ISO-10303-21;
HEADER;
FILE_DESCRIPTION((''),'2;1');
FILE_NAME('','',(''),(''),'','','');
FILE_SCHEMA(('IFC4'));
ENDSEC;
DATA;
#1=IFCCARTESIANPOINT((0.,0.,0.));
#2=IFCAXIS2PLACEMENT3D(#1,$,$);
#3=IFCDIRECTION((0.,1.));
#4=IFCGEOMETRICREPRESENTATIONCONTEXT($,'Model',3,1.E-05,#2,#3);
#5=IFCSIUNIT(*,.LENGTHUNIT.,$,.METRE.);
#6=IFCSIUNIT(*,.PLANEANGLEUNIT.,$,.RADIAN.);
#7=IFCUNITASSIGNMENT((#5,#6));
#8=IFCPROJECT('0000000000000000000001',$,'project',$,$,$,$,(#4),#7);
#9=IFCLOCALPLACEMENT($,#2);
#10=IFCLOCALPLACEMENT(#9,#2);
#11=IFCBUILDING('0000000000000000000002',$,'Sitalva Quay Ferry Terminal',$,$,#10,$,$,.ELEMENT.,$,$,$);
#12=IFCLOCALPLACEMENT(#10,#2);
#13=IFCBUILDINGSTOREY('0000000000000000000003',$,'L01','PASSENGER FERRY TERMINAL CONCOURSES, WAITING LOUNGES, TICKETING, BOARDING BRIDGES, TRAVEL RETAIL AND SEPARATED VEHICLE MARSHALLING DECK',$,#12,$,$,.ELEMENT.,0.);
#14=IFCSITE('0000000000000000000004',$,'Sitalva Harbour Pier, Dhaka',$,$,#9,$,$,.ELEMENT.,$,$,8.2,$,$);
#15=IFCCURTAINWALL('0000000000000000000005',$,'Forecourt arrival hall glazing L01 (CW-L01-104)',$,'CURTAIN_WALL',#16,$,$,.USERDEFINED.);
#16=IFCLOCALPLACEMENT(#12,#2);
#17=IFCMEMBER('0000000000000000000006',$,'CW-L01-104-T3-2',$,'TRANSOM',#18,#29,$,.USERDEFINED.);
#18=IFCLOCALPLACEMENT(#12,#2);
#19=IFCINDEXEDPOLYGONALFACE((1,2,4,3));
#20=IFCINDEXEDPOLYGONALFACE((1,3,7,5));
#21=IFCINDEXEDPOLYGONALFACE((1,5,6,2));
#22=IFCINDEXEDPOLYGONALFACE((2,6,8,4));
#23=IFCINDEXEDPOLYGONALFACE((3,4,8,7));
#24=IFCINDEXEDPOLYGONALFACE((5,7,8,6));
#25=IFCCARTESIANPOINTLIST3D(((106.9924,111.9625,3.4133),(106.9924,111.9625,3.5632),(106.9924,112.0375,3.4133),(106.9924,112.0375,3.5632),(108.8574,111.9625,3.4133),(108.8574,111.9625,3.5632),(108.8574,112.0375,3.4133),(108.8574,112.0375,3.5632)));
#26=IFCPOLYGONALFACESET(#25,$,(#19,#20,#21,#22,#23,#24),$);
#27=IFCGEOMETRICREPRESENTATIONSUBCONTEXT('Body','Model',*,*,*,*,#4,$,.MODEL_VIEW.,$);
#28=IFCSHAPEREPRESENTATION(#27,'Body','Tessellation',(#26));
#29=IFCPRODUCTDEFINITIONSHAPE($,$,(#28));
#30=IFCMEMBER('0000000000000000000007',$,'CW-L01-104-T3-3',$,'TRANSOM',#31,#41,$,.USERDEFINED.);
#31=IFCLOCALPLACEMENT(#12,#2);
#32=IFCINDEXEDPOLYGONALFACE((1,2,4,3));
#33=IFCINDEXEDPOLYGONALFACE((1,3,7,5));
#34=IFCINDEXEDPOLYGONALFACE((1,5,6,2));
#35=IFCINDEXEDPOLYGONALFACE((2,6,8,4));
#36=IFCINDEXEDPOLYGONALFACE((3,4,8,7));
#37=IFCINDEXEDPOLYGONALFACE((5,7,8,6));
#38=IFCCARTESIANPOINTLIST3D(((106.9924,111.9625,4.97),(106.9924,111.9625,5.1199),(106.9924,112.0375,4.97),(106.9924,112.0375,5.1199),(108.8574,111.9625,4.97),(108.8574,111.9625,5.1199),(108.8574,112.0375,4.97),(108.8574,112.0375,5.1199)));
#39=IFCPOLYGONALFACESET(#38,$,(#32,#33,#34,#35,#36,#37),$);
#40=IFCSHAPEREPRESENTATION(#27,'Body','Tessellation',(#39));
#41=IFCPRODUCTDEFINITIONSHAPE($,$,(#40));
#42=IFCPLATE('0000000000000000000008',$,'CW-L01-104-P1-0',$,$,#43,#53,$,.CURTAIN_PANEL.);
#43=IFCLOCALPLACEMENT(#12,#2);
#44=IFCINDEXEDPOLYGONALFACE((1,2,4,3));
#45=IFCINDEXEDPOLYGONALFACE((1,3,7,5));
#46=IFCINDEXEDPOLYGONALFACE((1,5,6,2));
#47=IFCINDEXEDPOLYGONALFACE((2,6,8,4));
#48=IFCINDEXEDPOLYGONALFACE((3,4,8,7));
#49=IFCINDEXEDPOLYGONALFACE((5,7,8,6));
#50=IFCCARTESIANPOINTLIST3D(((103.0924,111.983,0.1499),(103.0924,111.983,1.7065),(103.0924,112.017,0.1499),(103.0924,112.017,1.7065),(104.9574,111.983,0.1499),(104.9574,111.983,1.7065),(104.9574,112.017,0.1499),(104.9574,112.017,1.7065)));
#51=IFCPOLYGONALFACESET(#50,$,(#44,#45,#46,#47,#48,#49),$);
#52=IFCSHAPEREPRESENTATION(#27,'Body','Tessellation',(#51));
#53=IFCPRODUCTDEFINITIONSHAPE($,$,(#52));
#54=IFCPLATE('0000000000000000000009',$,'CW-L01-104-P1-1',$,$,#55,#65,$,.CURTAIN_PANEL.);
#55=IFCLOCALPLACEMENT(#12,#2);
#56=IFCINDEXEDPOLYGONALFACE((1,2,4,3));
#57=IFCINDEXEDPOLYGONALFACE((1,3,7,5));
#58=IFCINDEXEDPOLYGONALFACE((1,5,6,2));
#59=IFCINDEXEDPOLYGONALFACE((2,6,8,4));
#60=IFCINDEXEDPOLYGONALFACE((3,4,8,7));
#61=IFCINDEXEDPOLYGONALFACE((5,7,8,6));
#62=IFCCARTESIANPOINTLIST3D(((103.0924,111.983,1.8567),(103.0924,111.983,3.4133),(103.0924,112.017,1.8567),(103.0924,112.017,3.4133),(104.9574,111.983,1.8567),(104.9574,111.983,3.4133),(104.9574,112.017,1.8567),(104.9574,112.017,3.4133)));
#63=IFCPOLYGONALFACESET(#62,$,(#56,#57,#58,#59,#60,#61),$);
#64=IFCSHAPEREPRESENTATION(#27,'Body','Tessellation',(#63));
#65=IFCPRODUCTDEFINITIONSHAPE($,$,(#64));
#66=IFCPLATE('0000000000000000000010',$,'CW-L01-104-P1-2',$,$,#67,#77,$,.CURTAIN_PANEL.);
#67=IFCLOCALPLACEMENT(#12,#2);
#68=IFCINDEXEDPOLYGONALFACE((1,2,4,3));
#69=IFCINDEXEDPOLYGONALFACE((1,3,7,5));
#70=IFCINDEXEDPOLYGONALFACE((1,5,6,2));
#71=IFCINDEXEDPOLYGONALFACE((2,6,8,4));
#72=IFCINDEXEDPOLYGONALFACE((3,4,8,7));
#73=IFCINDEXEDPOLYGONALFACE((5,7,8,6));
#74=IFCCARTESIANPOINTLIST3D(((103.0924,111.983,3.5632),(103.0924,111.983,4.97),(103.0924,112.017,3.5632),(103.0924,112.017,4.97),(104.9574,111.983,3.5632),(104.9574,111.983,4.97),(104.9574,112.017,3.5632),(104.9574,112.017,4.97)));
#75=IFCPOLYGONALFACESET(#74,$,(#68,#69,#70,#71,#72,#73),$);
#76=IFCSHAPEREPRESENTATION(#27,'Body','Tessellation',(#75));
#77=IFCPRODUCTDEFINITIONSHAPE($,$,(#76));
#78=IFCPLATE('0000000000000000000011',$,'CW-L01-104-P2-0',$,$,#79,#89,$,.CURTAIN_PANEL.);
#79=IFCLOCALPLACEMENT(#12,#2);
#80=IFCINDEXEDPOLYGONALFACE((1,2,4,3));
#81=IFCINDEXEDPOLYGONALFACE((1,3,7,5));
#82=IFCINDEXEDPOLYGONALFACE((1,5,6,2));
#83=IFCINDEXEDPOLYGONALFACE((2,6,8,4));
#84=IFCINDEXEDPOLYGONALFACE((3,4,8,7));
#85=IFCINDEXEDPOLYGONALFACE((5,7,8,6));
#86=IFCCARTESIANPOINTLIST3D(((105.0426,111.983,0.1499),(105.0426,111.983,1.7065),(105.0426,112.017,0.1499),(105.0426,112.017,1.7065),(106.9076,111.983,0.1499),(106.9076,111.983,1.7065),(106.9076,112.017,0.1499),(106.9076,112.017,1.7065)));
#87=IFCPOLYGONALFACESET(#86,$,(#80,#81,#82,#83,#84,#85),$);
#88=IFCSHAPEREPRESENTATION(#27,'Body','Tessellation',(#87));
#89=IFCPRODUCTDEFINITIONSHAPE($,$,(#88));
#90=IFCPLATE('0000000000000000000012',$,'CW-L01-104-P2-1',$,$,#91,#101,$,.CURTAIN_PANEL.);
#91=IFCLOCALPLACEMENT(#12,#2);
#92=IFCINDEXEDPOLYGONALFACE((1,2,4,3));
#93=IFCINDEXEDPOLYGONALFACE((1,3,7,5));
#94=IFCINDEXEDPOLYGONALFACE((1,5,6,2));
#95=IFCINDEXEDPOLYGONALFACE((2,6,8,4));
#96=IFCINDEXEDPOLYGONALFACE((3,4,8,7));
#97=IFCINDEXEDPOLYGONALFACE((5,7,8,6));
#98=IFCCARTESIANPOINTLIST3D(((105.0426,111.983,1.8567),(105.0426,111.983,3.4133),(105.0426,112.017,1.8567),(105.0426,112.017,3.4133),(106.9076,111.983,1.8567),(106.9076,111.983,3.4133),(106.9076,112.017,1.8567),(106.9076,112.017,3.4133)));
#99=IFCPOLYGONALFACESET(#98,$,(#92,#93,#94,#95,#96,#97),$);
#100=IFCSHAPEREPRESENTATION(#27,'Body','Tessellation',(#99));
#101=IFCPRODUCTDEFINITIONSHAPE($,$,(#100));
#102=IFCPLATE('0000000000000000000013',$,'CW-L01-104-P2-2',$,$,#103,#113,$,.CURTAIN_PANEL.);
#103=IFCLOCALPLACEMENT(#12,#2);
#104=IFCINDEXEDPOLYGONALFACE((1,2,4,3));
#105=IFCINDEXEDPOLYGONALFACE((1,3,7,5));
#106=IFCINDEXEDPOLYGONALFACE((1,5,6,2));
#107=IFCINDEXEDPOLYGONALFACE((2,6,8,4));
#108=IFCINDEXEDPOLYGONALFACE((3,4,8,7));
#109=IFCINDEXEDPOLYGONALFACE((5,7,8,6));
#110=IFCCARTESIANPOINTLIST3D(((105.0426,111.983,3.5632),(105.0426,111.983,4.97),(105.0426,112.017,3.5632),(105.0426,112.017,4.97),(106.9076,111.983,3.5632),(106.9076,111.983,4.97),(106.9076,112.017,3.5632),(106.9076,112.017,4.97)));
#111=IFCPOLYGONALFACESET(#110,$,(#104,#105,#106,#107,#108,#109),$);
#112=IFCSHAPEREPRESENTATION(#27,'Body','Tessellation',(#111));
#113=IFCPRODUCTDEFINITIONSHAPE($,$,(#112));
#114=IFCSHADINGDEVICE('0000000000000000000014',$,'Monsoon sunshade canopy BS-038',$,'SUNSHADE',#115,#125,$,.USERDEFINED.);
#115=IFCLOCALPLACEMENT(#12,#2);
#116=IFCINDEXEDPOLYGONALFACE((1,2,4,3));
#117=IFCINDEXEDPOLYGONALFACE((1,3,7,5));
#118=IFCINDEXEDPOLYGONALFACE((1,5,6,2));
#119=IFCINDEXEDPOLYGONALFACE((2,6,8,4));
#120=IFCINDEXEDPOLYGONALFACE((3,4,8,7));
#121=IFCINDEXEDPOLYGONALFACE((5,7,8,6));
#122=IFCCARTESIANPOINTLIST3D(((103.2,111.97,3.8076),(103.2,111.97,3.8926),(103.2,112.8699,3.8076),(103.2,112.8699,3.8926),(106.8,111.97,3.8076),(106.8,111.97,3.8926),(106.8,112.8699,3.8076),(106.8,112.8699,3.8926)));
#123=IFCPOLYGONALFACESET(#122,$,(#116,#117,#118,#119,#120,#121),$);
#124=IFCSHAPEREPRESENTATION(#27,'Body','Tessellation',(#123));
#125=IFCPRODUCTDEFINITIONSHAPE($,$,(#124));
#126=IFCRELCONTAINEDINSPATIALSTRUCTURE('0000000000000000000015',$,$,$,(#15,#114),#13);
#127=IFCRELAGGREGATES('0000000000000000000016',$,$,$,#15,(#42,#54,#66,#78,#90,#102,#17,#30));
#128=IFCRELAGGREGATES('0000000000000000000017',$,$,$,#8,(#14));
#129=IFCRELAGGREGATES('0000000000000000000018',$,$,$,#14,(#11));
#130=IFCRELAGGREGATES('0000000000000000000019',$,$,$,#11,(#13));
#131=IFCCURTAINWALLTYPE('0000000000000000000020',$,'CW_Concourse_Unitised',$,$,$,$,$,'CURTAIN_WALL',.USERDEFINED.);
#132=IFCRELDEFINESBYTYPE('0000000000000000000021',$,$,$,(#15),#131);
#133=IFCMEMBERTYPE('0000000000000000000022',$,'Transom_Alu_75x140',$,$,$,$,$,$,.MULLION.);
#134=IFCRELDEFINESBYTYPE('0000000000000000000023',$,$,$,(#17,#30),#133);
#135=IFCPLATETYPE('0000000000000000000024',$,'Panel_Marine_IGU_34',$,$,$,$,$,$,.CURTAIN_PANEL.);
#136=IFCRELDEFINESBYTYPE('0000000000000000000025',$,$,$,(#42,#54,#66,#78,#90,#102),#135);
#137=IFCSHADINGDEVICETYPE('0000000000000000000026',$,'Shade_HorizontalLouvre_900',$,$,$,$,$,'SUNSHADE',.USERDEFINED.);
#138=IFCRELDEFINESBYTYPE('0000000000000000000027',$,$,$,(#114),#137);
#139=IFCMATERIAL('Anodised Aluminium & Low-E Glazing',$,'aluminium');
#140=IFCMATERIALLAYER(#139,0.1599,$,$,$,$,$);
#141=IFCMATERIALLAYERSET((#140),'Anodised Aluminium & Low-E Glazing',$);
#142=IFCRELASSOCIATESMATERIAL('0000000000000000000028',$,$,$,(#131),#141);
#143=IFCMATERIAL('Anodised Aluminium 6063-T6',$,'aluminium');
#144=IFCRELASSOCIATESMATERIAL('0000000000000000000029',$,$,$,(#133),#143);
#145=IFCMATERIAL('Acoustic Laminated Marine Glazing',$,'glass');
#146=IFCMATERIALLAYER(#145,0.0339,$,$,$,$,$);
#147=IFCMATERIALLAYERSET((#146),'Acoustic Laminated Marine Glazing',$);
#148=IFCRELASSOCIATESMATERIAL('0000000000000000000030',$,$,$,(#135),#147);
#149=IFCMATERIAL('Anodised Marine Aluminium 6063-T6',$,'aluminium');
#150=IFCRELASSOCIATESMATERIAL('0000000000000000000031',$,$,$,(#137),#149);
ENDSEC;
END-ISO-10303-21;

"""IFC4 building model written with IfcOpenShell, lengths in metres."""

from ifc_helpers import new_model, si_unit, direction, frame, origin, origin_2d, place, context, subcontext, project, spatial, rectangle, extrude, material, layer, layer_set, material_profile, profile_set, type_object, element, aggregate, save


model = new_model("IFC4")

# Units and contexts
model_context = context("Model", 3, precision=1e-05, world=origin(), true_north=direction((0.0, 1.0)))
body_context = subcontext(model_context, "Body", "Model", "MODEL_VIEW")
ifc_project = project(units=[si_unit("LENGTHUNIT", "METRE"), si_unit("PLANEANGLEUNIT", "RADIAN")], contexts=[model_context])

# Site, building, storey
site_placement = place(None, origin())
site = spatial("IfcSite", under=ifc_project, at=site_placement, Name="Sitalva Harbour Pier, Dhaka", CompositionType="ELEMENT", RefElevation=8.2)
building_placement = place(site_placement, origin())
building = spatial("IfcBuilding", under=site, at=building_placement, Name="Sitalva Quay Ferry Terminal", CompositionType="ELEMENT")
storey_placement = place(building_placement, origin())
storey = spatial("IfcBuildingStorey", under=building, at=storey_placement, Name="L01", Description="PASSENGER FERRY TERMINAL CONCOURSES, WAITING LOUNGES, TICKETING, BOARDING BRIDGES, TRAVEL RETAIL AND SEPARATED VEHICLE MARSHALLING DECK", CompositionType="ELEMENT", Elevation=0.0)

# Curtain wall, members, plates
ifc_material_1 = material(Name="Anodised Aluminium & Low-E Glazing", Category="aluminium")
ifc_layer_1 = layer(ifc_material_1, 0.1599)
ifc_layer_set_1 = layer_set([ifc_layer_1], Name="Anodised Aluminium & Low-E Glazing")
curtain_wall_type = type_object("IfcCurtainWallType", Name="CW_Concourse_Unitised", ElementType="CURTAIN_WALL", PredefinedType="USERDEFINED", material=ifc_layer_set_1)
curtain_wall_placement = place(storey_placement, origin())
curtain_wall = element("IfcCurtainWall", 1, at=curtain_wall_placement, inside=storey, type_object=curtain_wall_type, Name="Forecourt arrival hall glazing L01 (CW-L01-104)", ObjectType="CURTAIN_WALL", PredefinedType="USERDEFINED")
ifc_material_2 = material(Name="Anodised Aluminium 6063-T6", Category="aluminium")
ifc_material_profile_1 = material_profile(ifc_material_2, rectangle(XDim=0.075, YDim=0.1499, at=origin_2d()), Name="ALU75x150")
ifc_profile_set_1 = profile_set([ifc_material_profile_1], Name="Anodised Aluminium 6063-T6")
member_type_1 = type_object("IfcMemberType", Name="Transom_Alu_75x140", PredefinedType="MULLION", material=ifc_profile_set_1)
member_1_placement = place(storey_placement, frame((106.9924, 112.0, 3.4883), z_axis=(1.0, 0.0, 0.0), x_axis=(0.0, 1.0, 0.0)))
member_1 = element("IfcMember", 2, at=member_1_placement, type_object=member_type_1, Name="CW-L01-104-T3-2", ObjectType="TRANSOM", PredefinedType="USERDEFINED", context=body_context, shape_type="SweptSolid", body=[
    extrude(rectangle(XDim=0.075, YDim=0.1499, at=origin_2d()), origin(), (0.0, 0.0, 1.0), 1.865),
])
member_2_placement = place(storey_placement, frame((106.9924, 112.0, 5.0449), z_axis=(1.0, 0.0, 0.0), x_axis=(0.0, 1.0, 0.0)))
member_2 = element("IfcMember", 3, at=member_2_placement, type_object=member_type_1, Name="CW-L01-104-T3-3", ObjectType="TRANSOM", PredefinedType="USERDEFINED", context=body_context, shape_type="SweptSolid", body=[
    extrude(rectangle(XDim=0.075, YDim=0.1499, at=origin_2d()), origin(), (0.0, 0.0, 1.0), 1.865),
])
ifc_material_3 = material(Name="Acoustic Laminated Marine Glazing", Category="glass")
ifc_layer_2 = layer(ifc_material_3, 0.0339)
ifc_layer_set_2 = layer_set([ifc_layer_2], Name="Acoustic Laminated Marine Glazing")
plate_type = type_object("IfcPlateType", Name="Panel_Marine_IGU_34", PredefinedType="CURTAIN_PANEL", material=ifc_layer_set_2)
plate_1_placement = place(storey_placement, frame((104.0249, 112.0, 0.1499), z_axis=(0.0, 0.0, 1.0), x_axis=(1.0, 0.0, 0.0)))
plate_1 = element("IfcPlate", 4, at=plate_1_placement, type_object=plate_type, Name="CW-L01-104-P1-0", PredefinedType="CURTAIN_PANEL", context=body_context, shape_type="SweptSolid", body=[
    extrude(rectangle(XDim=1.865, YDim=0.0339, at=origin_2d()), origin(), (0.0, 0.0, 1.0), 1.5566),
])
plate_2_placement = place(storey_placement, frame((104.0249, 112.0, 1.8567), z_axis=(0.0, 0.0, 1.0), x_axis=(1.0, 0.0, 0.0)))
plate_2 = element("IfcPlate", 5, at=plate_2_placement, type_object=plate_type, Name="CW-L01-104-P1-1", PredefinedType="CURTAIN_PANEL", context=body_context, shape_type="SweptSolid", body=[
    extrude(rectangle(XDim=1.865, YDim=0.0339, at=origin_2d()), origin(), (0.0, 0.0, 1.0), 1.5566),
])
plate_3_placement = place(storey_placement, frame((104.0249, 112.0, 3.5632), z_axis=(0.0, 0.0, 1.0), x_axis=(1.0, 0.0, 0.0)))
plate_3 = element("IfcPlate", 6, at=plate_3_placement, type_object=plate_type, Name="CW-L01-104-P1-2", PredefinedType="CURTAIN_PANEL", context=body_context, shape_type="SweptSolid", body=[
    extrude(rectangle(XDim=1.865, YDim=0.0339, at=origin_2d()), origin(), (0.0, 0.0, 1.0), 1.4067),
])
plate_4_placement = place(storey_placement, frame((105.9751, 112.0, 0.1499), z_axis=(0.0, 0.0, 1.0), x_axis=(1.0, 0.0, 0.0)))
plate_4 = element("IfcPlate", 7, at=plate_4_placement, type_object=plate_type, Name="CW-L01-104-P2-0", PredefinedType="CURTAIN_PANEL", context=body_context, shape_type="SweptSolid", body=[
    extrude(rectangle(XDim=1.865, YDim=0.0339, at=origin_2d()), origin(), (0.0, 0.0, 1.0), 1.5566),
])
plate_5_placement = place(storey_placement, frame((105.9751, 112.0, 1.8567), z_axis=(0.0, 0.0, 1.0), x_axis=(1.0, 0.0, 0.0)))
plate_5 = element("IfcPlate", 8, at=plate_5_placement, type_object=plate_type, Name="CW-L01-104-P2-1", PredefinedType="CURTAIN_PANEL", context=body_context, shape_type="SweptSolid", body=[
    extrude(rectangle(XDim=1.865, YDim=0.0339, at=origin_2d()), origin(), (0.0, 0.0, 1.0), 1.5566),
])
plate_6_placement = place(storey_placement, frame((105.9751, 112.0, 3.5632), z_axis=(0.0, 0.0, 1.0), x_axis=(1.0, 0.0, 0.0)))
plate_6 = element("IfcPlate", 9, at=plate_6_placement, type_object=plate_type, Name="CW-L01-104-P2-2", PredefinedType="CURTAIN_PANEL", context=body_context, shape_type="SweptSolid", body=[
    extrude(rectangle(XDim=1.865, YDim=0.0339, at=origin_2d()), origin(), (0.0, 0.0, 1.0), 1.4067),
])
aggregate(curtain_wall, [plate_1, plate_2, plate_3, plate_4, plate_5, plate_6, member_1, member_2])

# Shading device
ifc_material_4 = material(Name="Anodised Marine Aluminium 6063-T6", Category="aluminium")
shading_device_type = type_object("IfcShadingDeviceType", Name="Shade_HorizontalLouvre_900", ElementType="SUNSHADE", PredefinedType="USERDEFINED", material=ifc_material_4)
shading_device_placement = place(storey_placement, frame((105.0, 112.4199, 3.8076), z_axis=(0.0, 0.0, 1.0), x_axis=(1.0, 0.0, 0.0)))
element("IfcShadingDevice", 10, at=shading_device_placement, inside=storey, type_object=shading_device_type, Name="Monsoon sunshade canopy BS-038", ObjectType="SUNSHADE", PredefinedType="USERDEFINED", context=body_context, shape_type="SweptSolid", body=[
    extrude(rectangle(XDim=3.6001, YDim=0.8999, at=origin_2d()), origin(), (0.0, 0.0, 1.0), 0.085),
])

save(model, "model.ifc")
